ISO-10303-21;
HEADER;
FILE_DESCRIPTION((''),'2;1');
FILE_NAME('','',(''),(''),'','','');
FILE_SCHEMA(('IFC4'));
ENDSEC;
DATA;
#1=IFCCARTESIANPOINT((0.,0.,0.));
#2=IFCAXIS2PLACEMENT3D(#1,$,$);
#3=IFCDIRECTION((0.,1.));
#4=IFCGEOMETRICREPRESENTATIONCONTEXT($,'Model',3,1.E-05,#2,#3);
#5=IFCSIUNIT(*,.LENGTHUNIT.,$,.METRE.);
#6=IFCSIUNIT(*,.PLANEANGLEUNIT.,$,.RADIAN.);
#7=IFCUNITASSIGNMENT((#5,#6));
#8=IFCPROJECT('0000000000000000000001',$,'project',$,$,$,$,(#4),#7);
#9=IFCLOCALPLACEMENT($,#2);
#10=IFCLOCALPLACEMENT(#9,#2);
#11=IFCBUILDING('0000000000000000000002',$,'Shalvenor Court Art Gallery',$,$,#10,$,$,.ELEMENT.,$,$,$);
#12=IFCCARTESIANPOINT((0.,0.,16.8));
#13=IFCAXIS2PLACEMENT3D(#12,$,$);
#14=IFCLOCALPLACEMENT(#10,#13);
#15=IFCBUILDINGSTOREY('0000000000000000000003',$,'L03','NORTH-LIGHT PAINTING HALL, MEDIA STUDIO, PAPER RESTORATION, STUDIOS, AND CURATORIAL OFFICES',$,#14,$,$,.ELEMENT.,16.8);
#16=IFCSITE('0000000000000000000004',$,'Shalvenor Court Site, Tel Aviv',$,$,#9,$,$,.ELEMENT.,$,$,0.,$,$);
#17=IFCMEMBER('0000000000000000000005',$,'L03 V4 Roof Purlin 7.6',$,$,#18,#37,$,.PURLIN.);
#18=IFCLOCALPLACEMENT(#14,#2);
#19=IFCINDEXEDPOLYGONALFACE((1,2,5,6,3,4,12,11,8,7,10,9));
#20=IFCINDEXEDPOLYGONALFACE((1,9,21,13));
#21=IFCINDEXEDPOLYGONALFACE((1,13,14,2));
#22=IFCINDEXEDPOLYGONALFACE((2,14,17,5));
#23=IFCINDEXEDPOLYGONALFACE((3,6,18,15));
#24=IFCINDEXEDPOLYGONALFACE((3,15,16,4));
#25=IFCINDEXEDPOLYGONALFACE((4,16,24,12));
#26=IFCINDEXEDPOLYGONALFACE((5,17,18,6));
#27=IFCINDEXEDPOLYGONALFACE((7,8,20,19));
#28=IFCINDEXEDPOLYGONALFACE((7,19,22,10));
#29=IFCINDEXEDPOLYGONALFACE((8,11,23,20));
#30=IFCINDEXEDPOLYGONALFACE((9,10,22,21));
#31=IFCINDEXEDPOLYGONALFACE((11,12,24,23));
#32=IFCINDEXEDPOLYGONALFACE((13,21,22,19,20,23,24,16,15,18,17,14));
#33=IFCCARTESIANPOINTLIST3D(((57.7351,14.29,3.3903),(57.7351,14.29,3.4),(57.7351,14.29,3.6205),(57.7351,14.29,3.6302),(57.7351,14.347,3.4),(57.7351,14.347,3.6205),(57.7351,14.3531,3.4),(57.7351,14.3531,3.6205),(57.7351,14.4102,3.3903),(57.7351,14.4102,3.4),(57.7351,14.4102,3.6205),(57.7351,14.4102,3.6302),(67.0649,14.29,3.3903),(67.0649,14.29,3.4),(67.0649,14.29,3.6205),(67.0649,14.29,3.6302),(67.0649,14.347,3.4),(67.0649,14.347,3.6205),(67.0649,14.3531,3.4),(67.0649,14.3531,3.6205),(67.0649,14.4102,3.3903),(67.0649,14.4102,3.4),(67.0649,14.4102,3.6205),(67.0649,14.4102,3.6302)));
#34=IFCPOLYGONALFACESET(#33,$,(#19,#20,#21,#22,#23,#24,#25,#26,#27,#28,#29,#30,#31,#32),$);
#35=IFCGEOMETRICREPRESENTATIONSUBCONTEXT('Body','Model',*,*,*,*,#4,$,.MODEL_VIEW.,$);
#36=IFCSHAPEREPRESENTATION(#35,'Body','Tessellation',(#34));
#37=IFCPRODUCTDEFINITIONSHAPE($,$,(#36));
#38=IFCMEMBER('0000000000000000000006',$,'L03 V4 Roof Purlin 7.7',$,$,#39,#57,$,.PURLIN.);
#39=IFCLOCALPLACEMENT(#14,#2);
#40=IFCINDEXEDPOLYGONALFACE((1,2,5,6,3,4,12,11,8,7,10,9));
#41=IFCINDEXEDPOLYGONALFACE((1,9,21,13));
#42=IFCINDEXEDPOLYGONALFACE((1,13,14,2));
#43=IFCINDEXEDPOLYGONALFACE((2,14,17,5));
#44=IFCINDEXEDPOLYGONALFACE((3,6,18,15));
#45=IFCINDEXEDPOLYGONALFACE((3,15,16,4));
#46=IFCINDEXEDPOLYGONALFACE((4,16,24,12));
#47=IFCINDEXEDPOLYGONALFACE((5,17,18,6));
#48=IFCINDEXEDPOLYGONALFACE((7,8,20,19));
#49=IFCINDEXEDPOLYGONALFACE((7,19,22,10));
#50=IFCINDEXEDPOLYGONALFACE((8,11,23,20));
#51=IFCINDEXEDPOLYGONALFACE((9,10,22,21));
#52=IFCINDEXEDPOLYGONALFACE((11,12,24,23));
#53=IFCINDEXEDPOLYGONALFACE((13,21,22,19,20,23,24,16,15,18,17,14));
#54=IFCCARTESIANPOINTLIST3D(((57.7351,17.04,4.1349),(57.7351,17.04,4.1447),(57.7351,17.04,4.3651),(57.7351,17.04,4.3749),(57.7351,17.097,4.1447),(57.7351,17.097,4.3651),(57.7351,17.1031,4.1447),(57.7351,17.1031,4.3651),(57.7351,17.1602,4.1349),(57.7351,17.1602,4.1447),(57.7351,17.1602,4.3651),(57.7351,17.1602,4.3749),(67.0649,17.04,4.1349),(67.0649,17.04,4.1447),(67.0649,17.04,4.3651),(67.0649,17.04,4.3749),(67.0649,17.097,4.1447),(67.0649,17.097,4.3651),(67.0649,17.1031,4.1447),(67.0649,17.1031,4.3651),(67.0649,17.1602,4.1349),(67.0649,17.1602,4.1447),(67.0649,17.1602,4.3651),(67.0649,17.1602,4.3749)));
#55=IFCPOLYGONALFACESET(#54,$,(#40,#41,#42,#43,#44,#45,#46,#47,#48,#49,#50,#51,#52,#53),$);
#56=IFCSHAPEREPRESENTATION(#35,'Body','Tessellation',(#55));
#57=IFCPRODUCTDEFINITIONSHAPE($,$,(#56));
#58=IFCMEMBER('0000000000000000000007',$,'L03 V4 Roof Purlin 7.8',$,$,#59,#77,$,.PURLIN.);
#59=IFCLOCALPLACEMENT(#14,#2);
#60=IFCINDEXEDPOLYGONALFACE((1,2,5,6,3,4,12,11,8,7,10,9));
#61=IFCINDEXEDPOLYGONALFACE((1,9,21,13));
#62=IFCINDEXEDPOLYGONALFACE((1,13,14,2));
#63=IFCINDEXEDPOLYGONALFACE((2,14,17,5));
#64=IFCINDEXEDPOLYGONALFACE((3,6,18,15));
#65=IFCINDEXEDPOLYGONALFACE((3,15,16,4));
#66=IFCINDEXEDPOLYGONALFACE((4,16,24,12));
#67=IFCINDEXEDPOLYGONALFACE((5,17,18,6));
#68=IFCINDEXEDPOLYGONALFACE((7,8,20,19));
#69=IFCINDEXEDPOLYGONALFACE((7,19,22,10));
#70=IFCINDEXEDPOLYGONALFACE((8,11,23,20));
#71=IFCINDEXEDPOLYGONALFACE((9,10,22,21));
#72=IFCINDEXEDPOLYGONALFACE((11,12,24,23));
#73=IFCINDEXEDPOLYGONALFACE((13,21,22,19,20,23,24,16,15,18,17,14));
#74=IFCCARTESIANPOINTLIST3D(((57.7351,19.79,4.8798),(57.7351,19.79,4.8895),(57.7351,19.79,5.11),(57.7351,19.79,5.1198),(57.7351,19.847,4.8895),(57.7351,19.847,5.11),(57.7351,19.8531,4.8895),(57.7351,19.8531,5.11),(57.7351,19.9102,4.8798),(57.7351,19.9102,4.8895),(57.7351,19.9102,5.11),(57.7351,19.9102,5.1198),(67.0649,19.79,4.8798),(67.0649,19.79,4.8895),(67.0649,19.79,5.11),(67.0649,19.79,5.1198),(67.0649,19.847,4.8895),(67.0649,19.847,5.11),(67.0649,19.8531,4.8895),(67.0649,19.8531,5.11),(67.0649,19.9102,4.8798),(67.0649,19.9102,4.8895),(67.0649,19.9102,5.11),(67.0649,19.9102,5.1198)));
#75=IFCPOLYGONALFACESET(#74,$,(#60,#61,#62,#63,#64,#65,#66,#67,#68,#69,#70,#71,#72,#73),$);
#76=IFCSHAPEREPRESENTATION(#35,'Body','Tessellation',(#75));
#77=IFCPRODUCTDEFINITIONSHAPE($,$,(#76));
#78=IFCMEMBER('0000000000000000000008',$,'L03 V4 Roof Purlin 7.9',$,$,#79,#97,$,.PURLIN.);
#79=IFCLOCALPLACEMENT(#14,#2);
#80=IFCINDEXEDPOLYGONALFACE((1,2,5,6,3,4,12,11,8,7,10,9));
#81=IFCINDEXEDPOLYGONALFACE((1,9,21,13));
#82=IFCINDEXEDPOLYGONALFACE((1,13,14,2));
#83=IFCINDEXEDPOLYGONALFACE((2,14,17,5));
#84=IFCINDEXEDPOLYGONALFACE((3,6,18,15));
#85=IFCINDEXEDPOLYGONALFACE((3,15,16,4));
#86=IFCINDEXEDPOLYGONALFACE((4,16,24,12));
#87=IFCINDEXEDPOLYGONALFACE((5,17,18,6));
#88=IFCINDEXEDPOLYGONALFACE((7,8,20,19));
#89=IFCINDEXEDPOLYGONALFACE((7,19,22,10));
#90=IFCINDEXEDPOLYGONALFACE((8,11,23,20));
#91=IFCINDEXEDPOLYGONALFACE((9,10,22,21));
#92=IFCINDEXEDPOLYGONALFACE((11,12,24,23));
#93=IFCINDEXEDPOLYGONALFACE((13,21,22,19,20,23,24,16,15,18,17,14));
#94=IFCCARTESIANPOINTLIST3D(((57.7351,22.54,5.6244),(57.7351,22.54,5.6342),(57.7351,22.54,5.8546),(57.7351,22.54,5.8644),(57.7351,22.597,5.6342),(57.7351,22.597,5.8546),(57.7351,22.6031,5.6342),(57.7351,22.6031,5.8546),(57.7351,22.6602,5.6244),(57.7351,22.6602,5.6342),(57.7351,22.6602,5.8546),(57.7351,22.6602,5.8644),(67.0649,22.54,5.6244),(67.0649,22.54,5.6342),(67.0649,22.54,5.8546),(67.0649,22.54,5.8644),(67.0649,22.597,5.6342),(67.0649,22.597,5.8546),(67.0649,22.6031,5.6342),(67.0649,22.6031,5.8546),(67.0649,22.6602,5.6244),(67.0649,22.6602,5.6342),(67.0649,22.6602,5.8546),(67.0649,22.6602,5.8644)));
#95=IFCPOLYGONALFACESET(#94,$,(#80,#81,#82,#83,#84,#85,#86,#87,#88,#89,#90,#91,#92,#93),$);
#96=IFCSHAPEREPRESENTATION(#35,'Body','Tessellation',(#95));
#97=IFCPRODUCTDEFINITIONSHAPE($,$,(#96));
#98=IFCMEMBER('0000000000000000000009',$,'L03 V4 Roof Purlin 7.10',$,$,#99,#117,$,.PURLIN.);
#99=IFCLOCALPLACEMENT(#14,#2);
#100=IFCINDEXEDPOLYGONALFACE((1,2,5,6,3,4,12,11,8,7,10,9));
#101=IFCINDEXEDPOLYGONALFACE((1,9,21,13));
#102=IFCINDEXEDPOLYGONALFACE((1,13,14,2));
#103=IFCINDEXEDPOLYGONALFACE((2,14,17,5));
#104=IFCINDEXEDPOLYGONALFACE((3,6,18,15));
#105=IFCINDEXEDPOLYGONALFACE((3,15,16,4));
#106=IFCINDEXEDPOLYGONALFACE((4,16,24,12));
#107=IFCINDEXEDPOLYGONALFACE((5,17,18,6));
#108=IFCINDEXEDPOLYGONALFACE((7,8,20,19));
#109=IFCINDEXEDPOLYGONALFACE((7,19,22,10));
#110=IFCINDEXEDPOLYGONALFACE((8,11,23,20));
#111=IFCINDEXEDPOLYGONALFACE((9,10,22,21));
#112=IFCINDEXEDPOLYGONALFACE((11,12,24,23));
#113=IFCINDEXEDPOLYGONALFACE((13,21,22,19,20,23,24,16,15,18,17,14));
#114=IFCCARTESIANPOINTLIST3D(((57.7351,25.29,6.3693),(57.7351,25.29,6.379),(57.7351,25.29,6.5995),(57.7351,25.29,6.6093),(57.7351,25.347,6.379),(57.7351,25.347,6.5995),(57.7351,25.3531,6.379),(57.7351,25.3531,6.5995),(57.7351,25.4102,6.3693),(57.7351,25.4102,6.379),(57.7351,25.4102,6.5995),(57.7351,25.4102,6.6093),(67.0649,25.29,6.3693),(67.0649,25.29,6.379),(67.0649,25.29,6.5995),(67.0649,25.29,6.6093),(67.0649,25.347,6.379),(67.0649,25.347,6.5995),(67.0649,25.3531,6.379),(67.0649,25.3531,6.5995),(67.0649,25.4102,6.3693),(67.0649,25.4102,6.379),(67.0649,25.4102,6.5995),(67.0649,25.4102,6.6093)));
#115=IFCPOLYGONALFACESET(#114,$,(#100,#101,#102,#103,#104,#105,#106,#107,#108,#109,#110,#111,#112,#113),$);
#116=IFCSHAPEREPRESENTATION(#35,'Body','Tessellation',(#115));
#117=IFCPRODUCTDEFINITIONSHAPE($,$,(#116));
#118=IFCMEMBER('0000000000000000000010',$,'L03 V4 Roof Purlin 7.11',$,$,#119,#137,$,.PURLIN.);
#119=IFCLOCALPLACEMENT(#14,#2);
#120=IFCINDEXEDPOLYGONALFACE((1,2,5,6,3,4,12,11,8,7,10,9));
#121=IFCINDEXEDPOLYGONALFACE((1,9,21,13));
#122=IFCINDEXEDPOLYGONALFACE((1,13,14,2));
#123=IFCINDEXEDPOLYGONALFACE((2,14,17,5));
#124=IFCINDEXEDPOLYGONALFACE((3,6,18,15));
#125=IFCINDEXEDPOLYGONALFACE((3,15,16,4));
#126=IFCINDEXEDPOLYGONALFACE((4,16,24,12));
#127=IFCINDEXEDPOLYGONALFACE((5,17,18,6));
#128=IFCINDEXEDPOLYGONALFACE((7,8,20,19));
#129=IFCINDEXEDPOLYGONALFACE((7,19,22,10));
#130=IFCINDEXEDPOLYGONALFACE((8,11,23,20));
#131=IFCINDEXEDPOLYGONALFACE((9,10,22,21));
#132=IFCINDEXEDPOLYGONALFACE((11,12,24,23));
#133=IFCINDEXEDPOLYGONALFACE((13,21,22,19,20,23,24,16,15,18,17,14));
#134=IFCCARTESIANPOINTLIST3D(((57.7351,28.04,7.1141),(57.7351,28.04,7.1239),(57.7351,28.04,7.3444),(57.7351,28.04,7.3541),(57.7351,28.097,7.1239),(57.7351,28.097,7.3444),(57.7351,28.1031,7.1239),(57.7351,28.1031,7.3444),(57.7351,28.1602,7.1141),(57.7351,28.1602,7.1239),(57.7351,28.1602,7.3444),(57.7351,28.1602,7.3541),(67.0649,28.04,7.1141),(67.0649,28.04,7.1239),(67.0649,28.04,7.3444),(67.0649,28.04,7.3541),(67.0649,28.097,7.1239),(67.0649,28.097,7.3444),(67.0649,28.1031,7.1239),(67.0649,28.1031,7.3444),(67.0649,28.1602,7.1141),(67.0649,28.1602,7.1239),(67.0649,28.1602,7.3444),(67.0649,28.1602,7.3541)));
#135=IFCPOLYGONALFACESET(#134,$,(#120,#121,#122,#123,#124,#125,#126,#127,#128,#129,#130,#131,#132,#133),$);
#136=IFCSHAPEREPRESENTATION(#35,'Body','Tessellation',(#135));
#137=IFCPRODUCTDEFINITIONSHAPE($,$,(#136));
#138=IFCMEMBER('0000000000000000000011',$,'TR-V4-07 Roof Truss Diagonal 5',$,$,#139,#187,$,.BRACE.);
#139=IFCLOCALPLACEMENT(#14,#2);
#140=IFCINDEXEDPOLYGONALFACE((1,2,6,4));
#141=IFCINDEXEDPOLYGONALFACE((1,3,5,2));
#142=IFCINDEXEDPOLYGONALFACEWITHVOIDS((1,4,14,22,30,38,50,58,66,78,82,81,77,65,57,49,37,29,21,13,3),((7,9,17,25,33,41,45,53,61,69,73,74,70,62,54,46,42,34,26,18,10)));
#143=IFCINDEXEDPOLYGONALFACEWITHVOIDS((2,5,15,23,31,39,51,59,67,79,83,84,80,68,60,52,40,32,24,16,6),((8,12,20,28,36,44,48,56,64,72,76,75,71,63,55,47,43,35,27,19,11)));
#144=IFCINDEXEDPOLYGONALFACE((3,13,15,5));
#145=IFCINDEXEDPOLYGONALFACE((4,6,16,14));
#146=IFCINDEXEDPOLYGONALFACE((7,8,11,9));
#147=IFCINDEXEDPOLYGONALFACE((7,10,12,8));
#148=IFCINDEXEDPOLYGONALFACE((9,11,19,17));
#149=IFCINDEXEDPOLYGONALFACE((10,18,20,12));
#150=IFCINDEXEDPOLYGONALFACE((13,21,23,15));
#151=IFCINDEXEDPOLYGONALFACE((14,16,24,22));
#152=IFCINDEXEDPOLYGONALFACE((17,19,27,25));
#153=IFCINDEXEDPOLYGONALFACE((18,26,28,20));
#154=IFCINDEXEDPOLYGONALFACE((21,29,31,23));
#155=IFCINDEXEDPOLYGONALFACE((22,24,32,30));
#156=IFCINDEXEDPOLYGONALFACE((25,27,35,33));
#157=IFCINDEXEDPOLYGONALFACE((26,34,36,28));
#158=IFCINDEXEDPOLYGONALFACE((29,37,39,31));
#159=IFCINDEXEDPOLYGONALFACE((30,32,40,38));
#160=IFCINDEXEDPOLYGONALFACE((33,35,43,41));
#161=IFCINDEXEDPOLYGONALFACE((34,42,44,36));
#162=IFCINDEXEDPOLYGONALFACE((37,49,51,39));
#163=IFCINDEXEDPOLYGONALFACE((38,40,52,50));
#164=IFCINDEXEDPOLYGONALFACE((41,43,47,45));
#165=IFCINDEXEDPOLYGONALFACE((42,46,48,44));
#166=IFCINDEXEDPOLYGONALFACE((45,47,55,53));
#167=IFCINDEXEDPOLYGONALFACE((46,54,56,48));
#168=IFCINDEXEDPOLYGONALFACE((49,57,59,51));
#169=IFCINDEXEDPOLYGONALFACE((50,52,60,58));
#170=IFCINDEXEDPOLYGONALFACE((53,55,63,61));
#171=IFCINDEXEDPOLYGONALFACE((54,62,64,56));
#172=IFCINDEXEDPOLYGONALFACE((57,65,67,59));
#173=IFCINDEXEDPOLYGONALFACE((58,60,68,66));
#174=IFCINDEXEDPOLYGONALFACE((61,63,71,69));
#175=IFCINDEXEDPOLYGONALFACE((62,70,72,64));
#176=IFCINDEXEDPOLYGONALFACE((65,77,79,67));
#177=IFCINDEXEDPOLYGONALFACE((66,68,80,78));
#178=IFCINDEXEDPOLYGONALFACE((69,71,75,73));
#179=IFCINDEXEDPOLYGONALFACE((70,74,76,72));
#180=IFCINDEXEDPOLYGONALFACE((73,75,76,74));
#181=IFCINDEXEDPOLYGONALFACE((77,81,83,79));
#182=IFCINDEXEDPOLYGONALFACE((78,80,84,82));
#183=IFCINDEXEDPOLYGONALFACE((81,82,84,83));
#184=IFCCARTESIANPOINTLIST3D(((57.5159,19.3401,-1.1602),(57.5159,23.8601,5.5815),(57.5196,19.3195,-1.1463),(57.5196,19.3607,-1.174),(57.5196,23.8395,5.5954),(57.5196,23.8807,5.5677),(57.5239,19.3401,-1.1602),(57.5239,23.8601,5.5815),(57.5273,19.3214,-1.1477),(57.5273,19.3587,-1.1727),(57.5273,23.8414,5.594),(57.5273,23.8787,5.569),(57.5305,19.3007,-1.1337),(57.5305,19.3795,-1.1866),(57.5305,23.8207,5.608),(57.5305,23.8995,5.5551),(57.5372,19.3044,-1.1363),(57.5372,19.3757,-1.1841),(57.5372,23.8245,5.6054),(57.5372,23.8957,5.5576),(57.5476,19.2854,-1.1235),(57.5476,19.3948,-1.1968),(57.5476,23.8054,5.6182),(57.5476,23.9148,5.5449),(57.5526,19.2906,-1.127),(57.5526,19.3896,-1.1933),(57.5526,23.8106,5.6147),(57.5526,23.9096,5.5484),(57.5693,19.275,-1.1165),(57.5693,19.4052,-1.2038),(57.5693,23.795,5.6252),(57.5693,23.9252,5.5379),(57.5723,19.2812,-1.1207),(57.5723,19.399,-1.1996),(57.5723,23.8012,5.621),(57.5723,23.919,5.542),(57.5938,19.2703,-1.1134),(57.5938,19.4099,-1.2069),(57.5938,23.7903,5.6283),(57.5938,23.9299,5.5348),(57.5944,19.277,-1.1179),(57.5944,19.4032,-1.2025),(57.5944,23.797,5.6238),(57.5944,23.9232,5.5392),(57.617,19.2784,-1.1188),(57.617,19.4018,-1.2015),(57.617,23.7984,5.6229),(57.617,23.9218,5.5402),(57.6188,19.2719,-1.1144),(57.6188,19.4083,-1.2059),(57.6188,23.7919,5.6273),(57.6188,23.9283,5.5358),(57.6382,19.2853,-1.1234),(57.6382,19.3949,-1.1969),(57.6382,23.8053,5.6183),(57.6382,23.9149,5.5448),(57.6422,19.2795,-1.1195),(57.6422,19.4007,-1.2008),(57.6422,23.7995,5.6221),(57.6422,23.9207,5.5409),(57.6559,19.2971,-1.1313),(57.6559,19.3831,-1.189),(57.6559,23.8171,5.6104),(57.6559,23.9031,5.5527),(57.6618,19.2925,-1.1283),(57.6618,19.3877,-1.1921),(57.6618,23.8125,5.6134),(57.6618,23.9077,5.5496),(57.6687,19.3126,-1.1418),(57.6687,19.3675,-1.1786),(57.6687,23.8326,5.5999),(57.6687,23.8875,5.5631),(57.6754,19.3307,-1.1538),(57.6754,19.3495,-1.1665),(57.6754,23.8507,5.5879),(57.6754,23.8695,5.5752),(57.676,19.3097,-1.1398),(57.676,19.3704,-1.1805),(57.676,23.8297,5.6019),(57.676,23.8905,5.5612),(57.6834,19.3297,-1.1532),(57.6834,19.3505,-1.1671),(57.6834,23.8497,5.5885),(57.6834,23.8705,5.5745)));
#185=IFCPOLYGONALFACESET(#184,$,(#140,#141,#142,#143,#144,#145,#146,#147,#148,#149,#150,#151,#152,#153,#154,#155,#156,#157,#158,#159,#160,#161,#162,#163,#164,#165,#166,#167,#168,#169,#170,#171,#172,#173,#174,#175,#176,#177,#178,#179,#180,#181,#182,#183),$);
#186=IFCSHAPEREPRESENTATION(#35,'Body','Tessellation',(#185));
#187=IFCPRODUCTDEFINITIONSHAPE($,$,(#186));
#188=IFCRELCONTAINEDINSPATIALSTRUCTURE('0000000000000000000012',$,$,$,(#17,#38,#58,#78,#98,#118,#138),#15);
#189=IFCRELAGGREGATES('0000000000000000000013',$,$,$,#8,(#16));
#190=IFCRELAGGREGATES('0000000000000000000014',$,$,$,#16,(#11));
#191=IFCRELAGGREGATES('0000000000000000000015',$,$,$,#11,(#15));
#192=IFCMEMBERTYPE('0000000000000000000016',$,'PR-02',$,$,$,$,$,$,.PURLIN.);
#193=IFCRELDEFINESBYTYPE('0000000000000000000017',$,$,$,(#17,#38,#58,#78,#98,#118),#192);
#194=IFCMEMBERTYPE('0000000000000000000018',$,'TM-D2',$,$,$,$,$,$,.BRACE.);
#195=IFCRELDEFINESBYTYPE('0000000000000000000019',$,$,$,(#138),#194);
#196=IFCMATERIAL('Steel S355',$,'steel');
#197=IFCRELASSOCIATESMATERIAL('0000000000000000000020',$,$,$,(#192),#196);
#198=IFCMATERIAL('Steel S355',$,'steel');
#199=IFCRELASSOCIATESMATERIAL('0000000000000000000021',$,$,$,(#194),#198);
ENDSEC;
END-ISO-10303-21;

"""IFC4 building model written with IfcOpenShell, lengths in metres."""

from ifc_helpers import new_model, si_unit, direction, frame, origin, origin_2d, place, context, subcontext, project, spatial, hollow_circle, i_section, extrude, material, material_profile, profile_set, type_object, element, save


model = new_model("IFC4")

# Units and contexts
model_context = context("Model", 3, precision=1e-05, world=origin(), true_north=direction((0.0, 1.0)))
body_context = subcontext(model_context, "Body", "Model", "MODEL_VIEW")
ifc_project = project(units=[si_unit("LENGTHUNIT", "METRE"), si_unit("PLANEANGLEUNIT", "RADIAN")], contexts=[model_context])

# Site, building, storey
site_placement = place(None, origin())
site = spatial("IfcSite", under=ifc_project, at=site_placement, Name="Shalvenor Court Site, Tel Aviv", CompositionType="ELEMENT", RefElevation=0.0)
building_placement = place(site_placement, origin())
building = spatial("IfcBuilding", under=site, at=building_placement, Name="Shalvenor Court Art Gallery", CompositionType="ELEMENT")
storey_placement = place(building_placement, frame((0.0, 0.0, 16.8)))
storey = spatial("IfcBuildingStorey", under=building, at=storey_placement, Name="L03", Description="NORTH-LIGHT PAINTING HALL, MEDIA STUDIO, PAPER RESTORATION, STUDIOS, AND CURATORIAL OFFICES", CompositionType="ELEMENT", Elevation=16.8)

# Members
ifc_material_1 = material(Name="Steel S355", Category="steel")
ifc_material_profile_1 = material_profile(ifc_material_1, i_section(OverallWidth=0.1201, OverallDepth=0.24, WebThickness=0.0061, FlangeThickness=0.0098, at=origin_2d()), Name="IPE 240")
ifc_profile_set_1 = profile_set([ifc_material_profile_1], Name="Steel S355")
member_type_1 = type_object("IfcMemberType", Name="PR-02", PredefinedType="PURLIN", material=ifc_profile_set_1)
for number, where, z_axis, x_axis, name in (
    (1, (57.7351, 14.3501, 3.5103), (1.0, 0.0, 0.0), (0.0, 1.0, 0.0), "L03 V4 Roof Purlin 7.6"),
    (2, (57.7351, 17.1001, 4.2549), (1.0, 0.0, 0.0), (0.0, 1.0, 0.0), "L03 V4 Roof Purlin 7.7"),
    (3, (57.7351, 19.8501, 4.9998), (1.0, 0.0, 0.0), (0.0, 1.0, 0.0), "L03 V4 Roof Purlin 7.8"),
    (4, (57.7351, 22.6001, 5.7444), (1.0, 0.0, 0.0), (0.0, 1.0, 0.0), "L03 V4 Roof Purlin 7.9"),
    (5, (57.7351, 25.3501, 6.4893), (1.0, 0.0, 0.0), (0.0, 1.0, 0.0), "L03 V4 Roof Purlin 7.10"),
    (6, (57.7351, 28.1001, 7.2341), (1.0, 0.0, 0.0), (0.0, 1.0, 0.0), "L03 V4 Roof Purlin 7.11"),
):
    element("IfcMember", number, at=place(storey_placement, frame(where, z_axis=z_axis, x_axis=x_axis)), inside=storey, type_object=member_type_1, Name=name, PredefinedType="PURLIN", context=body_context, shape_type="SweptSolid", body=[
        extrude(i_section(OverallWidth=0.1201, OverallDepth=0.24, WebThickness=0.0061, FlangeThickness=0.0098, at=origin_2d()), origin(), (0.0, 0.0, 1.0), 9.3298),
    ])
ifc_material_2 = material(Name="Steel S355", Category="steel")
ifc_material_profile_2 = material_profile(ifc_material_2, hollow_circle(Radius=0.0842, WallThickness=0.0081, at=origin_2d()), Name="CHS 168.3x8.0")
ifc_profile_set_2 = profile_set([ifc_material_profile_2], Name="Steel S355")
member_type_2 = type_object("IfcMemberType", Name="TM-D2", PredefinedType="BRACE", material=ifc_profile_set_2)
member_1_placement = place(storey_placement, frame((57.6001, 19.3401, -1.1602), z_axis=(0.0, 0.556878, 0.830594), x_axis=(-1.0, 0.0, 0.0)))
element("IfcMember", 7, at=member_1_placement, inside=storey, type_object=member_type_2, Name="TR-V4-07 Roof Truss Diagonal 5", PredefinedType="BRACE", context=body_context, shape_type="SweptSolid", body=[
    extrude(hollow_circle(Radius=0.0842, WallThickness=0.0081, at=origin_2d()), origin(), (0.0, 0.0, 1.0), 8.1167),
])

save(model, "model.ifc")
